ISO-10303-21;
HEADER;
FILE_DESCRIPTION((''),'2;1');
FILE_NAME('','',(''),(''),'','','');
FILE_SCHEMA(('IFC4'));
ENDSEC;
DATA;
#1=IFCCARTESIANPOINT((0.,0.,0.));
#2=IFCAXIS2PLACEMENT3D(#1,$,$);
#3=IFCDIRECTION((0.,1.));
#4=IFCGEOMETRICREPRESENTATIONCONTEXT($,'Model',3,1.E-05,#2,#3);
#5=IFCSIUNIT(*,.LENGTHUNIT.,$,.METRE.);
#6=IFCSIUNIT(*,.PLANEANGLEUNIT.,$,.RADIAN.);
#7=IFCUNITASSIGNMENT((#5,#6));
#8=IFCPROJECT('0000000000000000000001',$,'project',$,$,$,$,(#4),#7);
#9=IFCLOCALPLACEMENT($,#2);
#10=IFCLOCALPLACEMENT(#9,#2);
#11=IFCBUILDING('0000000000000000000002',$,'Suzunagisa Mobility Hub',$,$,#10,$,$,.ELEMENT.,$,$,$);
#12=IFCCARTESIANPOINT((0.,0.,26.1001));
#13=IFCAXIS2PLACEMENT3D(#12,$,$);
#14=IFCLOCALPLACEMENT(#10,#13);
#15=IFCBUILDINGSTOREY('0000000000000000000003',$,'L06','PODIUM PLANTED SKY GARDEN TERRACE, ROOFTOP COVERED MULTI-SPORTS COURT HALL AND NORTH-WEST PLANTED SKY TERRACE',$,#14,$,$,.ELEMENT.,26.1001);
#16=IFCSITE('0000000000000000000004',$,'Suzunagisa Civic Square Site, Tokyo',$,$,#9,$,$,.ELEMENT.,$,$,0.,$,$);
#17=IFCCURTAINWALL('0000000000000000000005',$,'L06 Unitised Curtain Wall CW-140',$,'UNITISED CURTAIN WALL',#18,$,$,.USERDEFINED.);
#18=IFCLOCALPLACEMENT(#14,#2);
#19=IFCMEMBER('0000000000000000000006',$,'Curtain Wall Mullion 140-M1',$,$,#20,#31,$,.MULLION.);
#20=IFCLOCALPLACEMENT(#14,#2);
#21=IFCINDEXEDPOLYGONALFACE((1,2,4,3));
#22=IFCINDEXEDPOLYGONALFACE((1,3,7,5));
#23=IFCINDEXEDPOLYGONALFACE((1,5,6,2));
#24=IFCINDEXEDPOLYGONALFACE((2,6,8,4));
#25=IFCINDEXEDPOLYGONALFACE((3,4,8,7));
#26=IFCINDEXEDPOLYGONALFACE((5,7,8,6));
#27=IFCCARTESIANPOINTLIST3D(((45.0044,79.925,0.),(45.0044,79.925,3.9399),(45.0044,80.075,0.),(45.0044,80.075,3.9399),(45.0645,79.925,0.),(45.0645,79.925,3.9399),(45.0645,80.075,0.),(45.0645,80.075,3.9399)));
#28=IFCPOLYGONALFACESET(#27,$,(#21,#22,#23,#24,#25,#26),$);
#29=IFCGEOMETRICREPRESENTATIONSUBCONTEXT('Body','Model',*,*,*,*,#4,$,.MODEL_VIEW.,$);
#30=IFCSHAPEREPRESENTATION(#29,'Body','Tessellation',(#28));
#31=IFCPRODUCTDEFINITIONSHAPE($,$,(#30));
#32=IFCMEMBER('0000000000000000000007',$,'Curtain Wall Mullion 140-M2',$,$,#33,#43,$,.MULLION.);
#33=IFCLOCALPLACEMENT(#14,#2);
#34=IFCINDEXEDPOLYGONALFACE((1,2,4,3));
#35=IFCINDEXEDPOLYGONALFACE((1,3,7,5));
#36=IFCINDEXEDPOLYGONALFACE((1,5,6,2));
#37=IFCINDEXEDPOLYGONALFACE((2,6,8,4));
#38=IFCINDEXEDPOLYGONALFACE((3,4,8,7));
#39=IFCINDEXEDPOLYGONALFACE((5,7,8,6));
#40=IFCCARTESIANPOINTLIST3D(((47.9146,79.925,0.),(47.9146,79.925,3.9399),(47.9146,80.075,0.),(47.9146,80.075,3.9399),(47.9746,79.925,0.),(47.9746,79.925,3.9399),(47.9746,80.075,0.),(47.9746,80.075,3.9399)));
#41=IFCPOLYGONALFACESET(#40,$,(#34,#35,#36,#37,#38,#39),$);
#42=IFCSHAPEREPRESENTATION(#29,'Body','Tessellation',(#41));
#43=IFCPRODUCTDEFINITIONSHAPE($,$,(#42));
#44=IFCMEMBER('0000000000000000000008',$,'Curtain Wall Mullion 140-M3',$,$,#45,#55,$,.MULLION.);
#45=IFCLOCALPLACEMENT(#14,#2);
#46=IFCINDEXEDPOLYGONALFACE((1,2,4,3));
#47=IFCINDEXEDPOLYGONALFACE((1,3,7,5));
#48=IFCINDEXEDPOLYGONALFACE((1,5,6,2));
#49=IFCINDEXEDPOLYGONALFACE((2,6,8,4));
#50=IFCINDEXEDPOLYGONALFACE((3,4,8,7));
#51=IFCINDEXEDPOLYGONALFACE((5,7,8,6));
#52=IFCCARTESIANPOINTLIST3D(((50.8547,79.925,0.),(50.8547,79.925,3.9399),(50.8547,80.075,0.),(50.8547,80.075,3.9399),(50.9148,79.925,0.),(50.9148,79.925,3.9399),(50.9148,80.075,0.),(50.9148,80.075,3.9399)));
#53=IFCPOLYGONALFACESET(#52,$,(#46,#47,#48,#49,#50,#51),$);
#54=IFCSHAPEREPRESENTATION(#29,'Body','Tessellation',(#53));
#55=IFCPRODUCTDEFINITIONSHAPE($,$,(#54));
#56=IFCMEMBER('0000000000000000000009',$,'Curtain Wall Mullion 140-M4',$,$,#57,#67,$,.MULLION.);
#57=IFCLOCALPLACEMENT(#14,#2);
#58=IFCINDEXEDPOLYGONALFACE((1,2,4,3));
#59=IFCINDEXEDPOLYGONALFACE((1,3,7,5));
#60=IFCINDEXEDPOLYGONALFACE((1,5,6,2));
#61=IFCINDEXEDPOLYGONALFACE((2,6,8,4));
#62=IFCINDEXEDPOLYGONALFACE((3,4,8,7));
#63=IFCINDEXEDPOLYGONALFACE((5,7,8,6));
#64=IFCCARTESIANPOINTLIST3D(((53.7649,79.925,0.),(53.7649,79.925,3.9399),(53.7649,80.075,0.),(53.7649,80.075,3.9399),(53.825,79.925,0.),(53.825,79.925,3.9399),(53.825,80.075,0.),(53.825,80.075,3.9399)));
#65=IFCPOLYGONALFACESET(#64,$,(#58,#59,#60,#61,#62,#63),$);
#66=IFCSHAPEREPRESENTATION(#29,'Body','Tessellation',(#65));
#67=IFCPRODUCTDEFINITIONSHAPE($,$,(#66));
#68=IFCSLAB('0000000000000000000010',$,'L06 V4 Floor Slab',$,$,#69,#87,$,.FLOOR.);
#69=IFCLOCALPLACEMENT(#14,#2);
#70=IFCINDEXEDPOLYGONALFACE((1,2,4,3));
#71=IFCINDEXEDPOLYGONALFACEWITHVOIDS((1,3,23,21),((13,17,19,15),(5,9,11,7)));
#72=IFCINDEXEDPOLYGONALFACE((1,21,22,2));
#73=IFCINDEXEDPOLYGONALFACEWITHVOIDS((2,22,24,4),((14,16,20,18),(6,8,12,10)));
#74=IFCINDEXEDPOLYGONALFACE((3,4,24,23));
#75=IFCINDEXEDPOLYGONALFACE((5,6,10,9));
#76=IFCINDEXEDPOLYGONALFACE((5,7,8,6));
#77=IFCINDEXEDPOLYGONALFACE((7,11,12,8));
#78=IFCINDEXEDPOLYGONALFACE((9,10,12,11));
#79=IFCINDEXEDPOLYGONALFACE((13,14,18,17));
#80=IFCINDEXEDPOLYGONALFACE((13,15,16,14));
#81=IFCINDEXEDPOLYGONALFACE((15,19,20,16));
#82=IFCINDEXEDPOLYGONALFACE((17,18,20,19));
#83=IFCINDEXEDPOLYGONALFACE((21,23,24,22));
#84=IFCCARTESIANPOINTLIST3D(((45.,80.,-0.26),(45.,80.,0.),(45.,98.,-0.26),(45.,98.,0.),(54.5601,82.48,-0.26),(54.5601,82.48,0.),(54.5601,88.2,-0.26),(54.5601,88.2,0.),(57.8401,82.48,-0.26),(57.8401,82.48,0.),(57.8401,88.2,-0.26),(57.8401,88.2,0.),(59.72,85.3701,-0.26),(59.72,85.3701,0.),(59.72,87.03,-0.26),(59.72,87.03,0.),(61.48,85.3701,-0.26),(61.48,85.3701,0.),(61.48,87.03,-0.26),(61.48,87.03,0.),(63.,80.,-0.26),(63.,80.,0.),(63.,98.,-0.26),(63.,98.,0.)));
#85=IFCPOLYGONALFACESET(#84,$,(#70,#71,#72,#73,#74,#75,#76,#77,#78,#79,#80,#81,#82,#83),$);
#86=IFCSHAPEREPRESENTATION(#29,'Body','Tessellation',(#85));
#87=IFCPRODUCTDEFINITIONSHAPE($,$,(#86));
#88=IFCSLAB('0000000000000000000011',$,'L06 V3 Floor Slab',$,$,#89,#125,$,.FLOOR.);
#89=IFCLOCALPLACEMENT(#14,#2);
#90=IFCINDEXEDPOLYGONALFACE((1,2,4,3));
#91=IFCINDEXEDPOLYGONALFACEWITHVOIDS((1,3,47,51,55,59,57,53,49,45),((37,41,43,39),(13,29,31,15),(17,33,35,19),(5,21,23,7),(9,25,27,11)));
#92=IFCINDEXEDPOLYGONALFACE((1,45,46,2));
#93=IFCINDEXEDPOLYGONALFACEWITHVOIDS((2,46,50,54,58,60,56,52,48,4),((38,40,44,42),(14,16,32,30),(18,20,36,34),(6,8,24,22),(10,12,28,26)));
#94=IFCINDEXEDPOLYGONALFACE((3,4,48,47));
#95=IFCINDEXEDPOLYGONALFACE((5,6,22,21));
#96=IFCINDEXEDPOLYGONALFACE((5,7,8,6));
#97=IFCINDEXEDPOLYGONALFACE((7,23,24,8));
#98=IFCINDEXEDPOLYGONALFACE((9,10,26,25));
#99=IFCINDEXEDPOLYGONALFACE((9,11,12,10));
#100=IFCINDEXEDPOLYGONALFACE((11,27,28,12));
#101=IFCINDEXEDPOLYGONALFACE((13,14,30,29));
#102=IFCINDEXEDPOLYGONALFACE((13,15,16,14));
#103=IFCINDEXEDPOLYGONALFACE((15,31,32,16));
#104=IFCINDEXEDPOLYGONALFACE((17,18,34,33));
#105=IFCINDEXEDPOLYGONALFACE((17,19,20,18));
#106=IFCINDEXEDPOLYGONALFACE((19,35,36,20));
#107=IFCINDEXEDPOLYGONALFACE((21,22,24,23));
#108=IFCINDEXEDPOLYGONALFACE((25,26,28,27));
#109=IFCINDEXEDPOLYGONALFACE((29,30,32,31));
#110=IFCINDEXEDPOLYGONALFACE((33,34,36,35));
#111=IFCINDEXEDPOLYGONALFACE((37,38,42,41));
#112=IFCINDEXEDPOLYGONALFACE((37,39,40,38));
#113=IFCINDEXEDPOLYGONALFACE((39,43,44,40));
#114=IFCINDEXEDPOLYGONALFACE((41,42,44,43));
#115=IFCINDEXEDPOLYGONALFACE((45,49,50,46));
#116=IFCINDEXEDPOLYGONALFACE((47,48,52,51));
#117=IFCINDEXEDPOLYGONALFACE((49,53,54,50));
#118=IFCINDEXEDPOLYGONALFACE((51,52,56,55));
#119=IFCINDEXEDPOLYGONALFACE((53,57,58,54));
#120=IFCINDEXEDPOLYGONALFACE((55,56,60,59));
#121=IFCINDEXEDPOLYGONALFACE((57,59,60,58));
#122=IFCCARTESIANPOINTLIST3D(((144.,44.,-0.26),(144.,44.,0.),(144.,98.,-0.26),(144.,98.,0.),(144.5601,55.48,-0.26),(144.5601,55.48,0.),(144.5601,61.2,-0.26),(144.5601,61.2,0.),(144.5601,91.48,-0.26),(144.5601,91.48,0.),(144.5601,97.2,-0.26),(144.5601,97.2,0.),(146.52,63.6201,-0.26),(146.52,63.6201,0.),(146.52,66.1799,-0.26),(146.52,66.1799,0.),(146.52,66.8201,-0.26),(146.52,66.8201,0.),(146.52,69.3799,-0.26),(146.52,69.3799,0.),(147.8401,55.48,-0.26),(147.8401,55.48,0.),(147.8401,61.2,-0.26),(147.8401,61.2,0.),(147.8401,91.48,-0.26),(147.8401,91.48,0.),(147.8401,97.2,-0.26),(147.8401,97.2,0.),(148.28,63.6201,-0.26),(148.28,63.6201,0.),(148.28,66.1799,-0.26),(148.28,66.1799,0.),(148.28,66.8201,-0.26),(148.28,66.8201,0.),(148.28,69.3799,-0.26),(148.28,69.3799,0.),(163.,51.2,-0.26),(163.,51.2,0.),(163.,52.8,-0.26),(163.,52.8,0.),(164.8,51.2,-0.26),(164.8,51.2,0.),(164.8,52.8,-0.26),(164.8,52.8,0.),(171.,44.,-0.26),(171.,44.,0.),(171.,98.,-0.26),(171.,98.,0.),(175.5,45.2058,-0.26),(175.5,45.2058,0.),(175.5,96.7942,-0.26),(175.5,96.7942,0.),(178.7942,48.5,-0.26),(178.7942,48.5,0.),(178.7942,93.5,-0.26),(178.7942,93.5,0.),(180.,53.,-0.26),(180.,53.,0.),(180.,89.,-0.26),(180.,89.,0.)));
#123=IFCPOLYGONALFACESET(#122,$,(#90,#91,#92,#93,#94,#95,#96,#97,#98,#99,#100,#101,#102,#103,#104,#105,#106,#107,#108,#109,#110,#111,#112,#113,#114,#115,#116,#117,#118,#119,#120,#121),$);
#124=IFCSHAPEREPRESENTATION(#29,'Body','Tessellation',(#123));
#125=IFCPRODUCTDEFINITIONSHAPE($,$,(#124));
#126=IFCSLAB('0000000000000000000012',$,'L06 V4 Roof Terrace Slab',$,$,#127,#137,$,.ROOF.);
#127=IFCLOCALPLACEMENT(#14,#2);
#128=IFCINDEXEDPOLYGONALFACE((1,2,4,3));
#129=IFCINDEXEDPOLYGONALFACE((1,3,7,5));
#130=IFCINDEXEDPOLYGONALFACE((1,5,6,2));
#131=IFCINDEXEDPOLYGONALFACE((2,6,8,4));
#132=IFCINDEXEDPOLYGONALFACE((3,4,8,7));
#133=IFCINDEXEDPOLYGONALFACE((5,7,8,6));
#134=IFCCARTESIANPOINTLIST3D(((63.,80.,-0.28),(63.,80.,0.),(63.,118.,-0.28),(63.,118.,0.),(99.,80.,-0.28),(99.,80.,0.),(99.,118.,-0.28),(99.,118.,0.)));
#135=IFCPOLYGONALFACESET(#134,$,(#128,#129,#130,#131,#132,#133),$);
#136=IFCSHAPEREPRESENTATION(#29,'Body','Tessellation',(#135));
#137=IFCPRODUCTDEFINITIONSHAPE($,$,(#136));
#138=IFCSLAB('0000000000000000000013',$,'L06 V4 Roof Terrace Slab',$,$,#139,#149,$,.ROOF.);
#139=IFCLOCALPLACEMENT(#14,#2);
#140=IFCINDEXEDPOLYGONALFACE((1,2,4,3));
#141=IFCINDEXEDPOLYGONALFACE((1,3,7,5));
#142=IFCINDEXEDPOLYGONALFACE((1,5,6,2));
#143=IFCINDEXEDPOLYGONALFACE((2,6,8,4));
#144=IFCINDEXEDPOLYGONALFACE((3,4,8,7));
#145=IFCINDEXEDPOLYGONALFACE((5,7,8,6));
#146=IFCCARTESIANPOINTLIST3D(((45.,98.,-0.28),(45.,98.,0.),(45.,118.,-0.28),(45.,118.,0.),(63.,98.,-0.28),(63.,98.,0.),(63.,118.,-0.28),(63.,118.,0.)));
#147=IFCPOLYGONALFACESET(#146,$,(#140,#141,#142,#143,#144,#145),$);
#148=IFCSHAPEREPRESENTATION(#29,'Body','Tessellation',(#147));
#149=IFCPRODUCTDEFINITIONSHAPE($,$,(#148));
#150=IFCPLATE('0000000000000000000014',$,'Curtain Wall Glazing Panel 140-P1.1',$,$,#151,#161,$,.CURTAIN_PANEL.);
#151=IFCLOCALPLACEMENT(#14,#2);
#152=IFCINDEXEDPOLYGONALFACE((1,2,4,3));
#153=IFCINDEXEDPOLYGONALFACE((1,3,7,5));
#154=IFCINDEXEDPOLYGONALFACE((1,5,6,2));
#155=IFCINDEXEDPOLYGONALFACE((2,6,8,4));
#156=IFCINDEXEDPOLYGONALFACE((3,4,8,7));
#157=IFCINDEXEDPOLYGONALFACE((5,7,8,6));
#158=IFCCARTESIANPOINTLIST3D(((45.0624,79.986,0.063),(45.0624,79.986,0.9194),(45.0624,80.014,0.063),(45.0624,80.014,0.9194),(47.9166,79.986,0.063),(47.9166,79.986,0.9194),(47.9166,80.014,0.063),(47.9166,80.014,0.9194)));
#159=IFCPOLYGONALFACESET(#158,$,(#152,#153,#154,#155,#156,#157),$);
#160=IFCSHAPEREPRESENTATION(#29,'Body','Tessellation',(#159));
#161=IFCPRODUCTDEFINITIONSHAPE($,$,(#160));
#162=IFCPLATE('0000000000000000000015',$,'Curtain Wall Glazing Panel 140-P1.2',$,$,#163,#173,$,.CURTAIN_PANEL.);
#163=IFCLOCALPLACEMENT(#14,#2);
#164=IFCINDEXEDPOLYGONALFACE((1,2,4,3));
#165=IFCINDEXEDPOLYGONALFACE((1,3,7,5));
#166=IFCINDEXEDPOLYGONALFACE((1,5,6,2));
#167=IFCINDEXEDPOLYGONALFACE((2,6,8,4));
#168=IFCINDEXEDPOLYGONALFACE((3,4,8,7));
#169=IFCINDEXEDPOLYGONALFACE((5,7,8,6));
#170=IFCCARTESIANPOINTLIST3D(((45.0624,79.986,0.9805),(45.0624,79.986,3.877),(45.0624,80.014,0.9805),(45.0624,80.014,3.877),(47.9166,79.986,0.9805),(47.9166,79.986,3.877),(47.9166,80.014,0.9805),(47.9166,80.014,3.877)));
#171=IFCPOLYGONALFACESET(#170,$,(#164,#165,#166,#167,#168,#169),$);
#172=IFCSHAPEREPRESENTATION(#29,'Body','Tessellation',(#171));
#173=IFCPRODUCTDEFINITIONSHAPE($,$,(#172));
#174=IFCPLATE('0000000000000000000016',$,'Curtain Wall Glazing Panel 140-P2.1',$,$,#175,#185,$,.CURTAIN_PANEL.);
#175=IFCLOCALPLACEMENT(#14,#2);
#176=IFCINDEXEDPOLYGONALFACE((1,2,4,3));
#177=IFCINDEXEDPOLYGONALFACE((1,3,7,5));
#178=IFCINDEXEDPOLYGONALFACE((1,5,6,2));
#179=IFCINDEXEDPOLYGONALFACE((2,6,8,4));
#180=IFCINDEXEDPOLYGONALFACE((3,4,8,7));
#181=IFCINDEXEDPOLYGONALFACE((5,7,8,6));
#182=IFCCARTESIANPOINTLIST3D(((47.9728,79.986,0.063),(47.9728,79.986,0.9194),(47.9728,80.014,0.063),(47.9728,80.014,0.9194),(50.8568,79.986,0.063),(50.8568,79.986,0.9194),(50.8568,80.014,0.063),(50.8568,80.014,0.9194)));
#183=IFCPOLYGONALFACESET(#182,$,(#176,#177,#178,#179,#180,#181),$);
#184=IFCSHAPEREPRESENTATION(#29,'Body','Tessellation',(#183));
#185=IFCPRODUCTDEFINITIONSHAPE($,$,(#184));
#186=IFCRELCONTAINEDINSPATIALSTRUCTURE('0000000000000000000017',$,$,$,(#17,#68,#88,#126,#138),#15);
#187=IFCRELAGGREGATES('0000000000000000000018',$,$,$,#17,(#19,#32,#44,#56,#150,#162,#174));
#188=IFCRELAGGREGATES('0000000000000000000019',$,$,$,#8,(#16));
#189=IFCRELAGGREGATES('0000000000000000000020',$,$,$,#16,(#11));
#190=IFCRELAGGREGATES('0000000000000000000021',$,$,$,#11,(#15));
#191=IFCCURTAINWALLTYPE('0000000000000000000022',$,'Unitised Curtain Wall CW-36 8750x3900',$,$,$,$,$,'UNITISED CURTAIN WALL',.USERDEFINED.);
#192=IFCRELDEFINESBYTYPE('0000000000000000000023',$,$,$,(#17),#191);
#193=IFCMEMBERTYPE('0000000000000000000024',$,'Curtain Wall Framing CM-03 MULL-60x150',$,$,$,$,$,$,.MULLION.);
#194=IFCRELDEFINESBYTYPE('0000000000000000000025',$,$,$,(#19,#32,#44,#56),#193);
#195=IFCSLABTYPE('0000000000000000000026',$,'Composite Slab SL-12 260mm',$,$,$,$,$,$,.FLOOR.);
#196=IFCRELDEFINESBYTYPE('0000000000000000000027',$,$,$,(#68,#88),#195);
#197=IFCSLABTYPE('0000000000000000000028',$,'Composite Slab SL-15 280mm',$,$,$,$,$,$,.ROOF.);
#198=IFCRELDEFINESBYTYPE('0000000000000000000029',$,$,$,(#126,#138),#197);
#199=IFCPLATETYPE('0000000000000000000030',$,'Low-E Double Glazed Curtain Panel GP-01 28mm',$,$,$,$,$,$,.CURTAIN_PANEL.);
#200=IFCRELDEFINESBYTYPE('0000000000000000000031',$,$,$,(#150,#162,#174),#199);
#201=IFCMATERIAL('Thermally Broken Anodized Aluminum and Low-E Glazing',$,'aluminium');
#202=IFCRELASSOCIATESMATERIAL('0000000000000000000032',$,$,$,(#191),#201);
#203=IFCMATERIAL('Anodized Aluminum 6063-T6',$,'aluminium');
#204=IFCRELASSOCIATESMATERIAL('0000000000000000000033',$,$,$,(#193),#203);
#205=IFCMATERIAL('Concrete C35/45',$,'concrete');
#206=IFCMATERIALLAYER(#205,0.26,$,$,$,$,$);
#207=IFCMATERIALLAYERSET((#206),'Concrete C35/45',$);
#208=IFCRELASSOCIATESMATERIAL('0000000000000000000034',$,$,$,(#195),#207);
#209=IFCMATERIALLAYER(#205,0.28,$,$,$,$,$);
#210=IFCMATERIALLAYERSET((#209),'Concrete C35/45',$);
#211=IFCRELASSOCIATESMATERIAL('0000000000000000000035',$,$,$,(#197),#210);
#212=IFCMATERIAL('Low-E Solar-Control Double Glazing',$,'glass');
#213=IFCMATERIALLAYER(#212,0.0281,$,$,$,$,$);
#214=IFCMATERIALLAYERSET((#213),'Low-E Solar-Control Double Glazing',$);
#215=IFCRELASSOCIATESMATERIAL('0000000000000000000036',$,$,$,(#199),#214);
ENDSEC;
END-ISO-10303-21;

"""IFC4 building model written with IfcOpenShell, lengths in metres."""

from ifc_helpers import new_model, si_unit, direction, frame, origin, origin_2d, place, context, subcontext, project, spatial, polyline, rectangle, outline, extrude, material, layer, layer_set, material_profile, profile_set, type_object, element, aggregate, save


model = new_model("IFC4")

# Units and contexts
model_context = context("Model", 3, precision=1e-05, world=origin(), true_north=direction((0.0, 1.0)))
body_context = subcontext(model_context, "Body", "Model", "MODEL_VIEW")
ifc_project = project(units=[si_unit("LENGTHUNIT", "METRE"), si_unit("PLANEANGLEUNIT", "RADIAN")], contexts=[model_context])

# Site, building, storey
site_placement = place(None, origin())
site = spatial("IfcSite", under=ifc_project, at=site_placement, Name="Suzunagisa Civic Square Site, Tokyo", CompositionType="ELEMENT", RefElevation=0.0)
building_placement = place(site_placement, origin())
building = spatial("IfcBuilding", under=site, at=building_placement, Name="Suzunagisa Mobility Hub", CompositionType="ELEMENT")
storey_placement = place(building_placement, frame((0.0, 0.0, 26.1001)))
storey = spatial("IfcBuildingStorey", under=building, at=storey_placement, Name="L06", Description="PODIUM PLANTED SKY GARDEN TERRACE, ROOFTOP COVERED MULTI-SPORTS COURT HALL AND NORTH-WEST PLANTED SKY TERRACE", CompositionType="ELEMENT", Elevation=26.1001)

# Curtain wall, members
ifc_material_1 = material(Name="Thermally Broken Anodized Aluminum and Low-E Glazing", Category="aluminium")
curtain_wall_type = type_object("IfcCurtainWallType", Name="Unitised Curtain Wall CW-36 8750x3900", ElementType="UNITISED CURTAIN WALL", PredefinedType="USERDEFINED", material=ifc_material_1)
curtain_wall_placement = place(storey_placement, origin())
curtain_wall = element("IfcCurtainWall", 1, at=curtain_wall_placement, inside=storey, type_object=curtain_wall_type, Name="L06 Unitised Curtain Wall CW-140", ObjectType="UNITISED CURTAIN WALL", PredefinedType="USERDEFINED")
ifc_material_2 = material(Name="Anodized Aluminum 6063-T6", Category="aluminium")
ifc_material_profile_1 = material_profile(ifc_material_2, rectangle(XDim=0.0601, YDim=0.1499, at=origin_2d()), Name="MULL-60x150")
ifc_profile_set_1 = profile_set([ifc_material_profile_1], Name="Anodized Aluminum 6063-T6")
member_type_1 = type_object("IfcMemberType", Name="Curtain Wall Framing CM-03 MULL-60x150", PredefinedType="MULLION", material=ifc_profile_set_1)
member_1_placement = place(storey_placement, frame((45.0344, 80.0, 0.0), z_axis=(0.0, 0.0, 1.0), x_axis=(1.0, 0.0, 0.0)))
member_1 = element("IfcMember", 2, at=member_1_placement, type_object=member_type_1, Name="Curtain Wall Mullion 140-M1", PredefinedType="MULLION", context=body_context, shape_type="SweptSolid", body=[
    extrude(rectangle(XDim=0.0601, YDim=0.1499, at=origin_2d()), origin(), (0.0, 0.0, 1.0), 3.9399),
])
member_2_placement = place(storey_placement, frame((47.9446, 80.0, 0.0), z_axis=(0.0, 0.0, 1.0), x_axis=(1.0, 0.0, 0.0)))
member_2 = element("IfcMember", 3, at=member_2_placement, type_object=member_type_1, Name="Curtain Wall Mullion 140-M2", PredefinedType="MULLION", context=body_context, shape_type="SweptSolid", body=[
    extrude(rectangle(XDim=0.0601, YDim=0.1499, at=origin_2d()), origin(), (0.0, 0.0, 1.0), 3.9399),
])
member_3_placement = place(storey_placement, frame((50.8848, 80.0, 0.0), z_axis=(0.0, 0.0, 1.0), x_axis=(1.0, 0.0, 0.0)))
member_3 = element("IfcMember", 4, at=member_3_placement, type_object=member_type_1, Name="Curtain Wall Mullion 140-M3", PredefinedType="MULLION", context=body_context, shape_type="SweptSolid", body=[
    extrude(rectangle(XDim=0.0601, YDim=0.1499, at=origin_2d()), origin(), (0.0, 0.0, 1.0), 3.9399),
])
member_4_placement = place(storey_placement, frame((53.7949, 80.0, 0.0), z_axis=(0.0, 0.0, 1.0), x_axis=(1.0, 0.0, 0.0)))
member_4 = element("IfcMember", 5, at=member_4_placement, type_object=member_type_1, Name="Curtain Wall Mullion 140-M4", PredefinedType="MULLION", context=body_context, shape_type="SweptSolid", body=[
    extrude(rectangle(XDim=0.0601, YDim=0.1499, at=origin_2d()), origin(), (0.0, 0.0, 1.0), 3.9399),
])

# Slabs
ifc_material_3 = material(Name="Concrete C35/45", Category="concrete")
ifc_layer_1 = layer(ifc_material_3, 0.26)
ifc_layer_set_1 = layer_set([ifc_layer_1], Name="Concrete C35/45")
slab_type_1 = type_object("IfcSlabType", Name="Composite Slab SL-12 260mm", PredefinedType="FLOOR", material=ifc_layer_set_1)
slab_1_placement = place(storey_placement, frame((0.0, 0.0, -0.26)))
element("IfcSlab", 6, at=slab_1_placement, inside=storey, type_object=slab_type_1, Name="L06 V4 Floor Slab", PredefinedType="FLOOR", context=body_context, shape_type="SweptSolid", body=[
    extrude(outline(polyline([(45.0, 80.0), (63.0, 80.0), (63.0, 98.0), (45.0, 98.0), (45.0, 80.0)]), holes=[polyline([(54.5601, 82.48), (57.8401, 82.48), (57.8401, 88.2), (54.5601, 88.2), (54.5601, 82.48)]), polyline([(59.72, 85.3701), (61.48, 85.3701), (61.48, 87.03), (59.72, 87.03), (59.72, 85.3701)])]), origin(), (0.0, 0.0, 1.0), 0.26),
])
slab_2_placement = place(storey_placement, frame((0.0, 0.0, -0.26)))
element("IfcSlab", 7, at=slab_2_placement, inside=storey, type_object=slab_type_1, Name="L06 V3 Floor Slab", PredefinedType="FLOOR", context=body_context, shape_type="SweptSolid", body=[
    extrude(outline(polyline([(144.0, 44.0), (171.0, 44.0), (175.5, 45.2058), (178.7942, 48.5), (180.0, 53.0), (180.0, 89.0), (178.7942, 93.5), (175.5, 96.7942), (171.0, 98.0), (144.0, 98.0), (144.0, 44.0)]), holes=[polyline([(163.0, 51.2), (164.8, 51.2), (164.8, 52.8), (163.0, 52.8), (163.0, 51.2)]), polyline([(144.5601, 55.48), (147.8401, 55.48), (147.8401, 61.2), (144.5601, 61.2), (144.5601, 55.48)]), polyline([(146.52, 63.6201), (148.28, 63.6201), (148.28, 66.1799), (146.52, 66.1799), (146.52, 63.6201)]), polyline([(146.52, 66.8201), (148.28, 66.8201), (148.28, 69.3799), (146.52, 69.3799), (146.52, 66.8201)]), polyline([(144.5601, 91.48), (147.8401, 91.48), (147.8401, 97.2), (144.5601, 97.2), (144.5601, 91.48)])]), origin(), (0.0, 0.0, 1.0), 0.26),
])
ifc_layer_2 = layer(ifc_material_3, 0.28)
ifc_layer_set_2 = layer_set([ifc_layer_2], Name="Concrete C35/45")
slab_type_2 = type_object("IfcSlabType", Name="Composite Slab SL-15 280mm", PredefinedType="ROOF", material=ifc_layer_set_2)
slab_3_placement = place(storey_placement, frame((0.0, 0.0, -0.28)))
element("IfcSlab", 8, at=slab_3_placement, inside=storey, type_object=slab_type_2, Name="L06 V4 Roof Terrace Slab", PredefinedType="ROOF", context=body_context, shape_type="SweptSolid", body=[
    extrude(outline(polyline([(63.0, 80.0), (99.0, 80.0), (99.0, 118.0), (63.0, 118.0), (63.0, 80.0)])), origin(), (0.0, 0.0, 1.0), 0.28),
])
slab_4_placement = place(storey_placement, frame((0.0, 0.0, -0.28)))
element("IfcSlab", 9, at=slab_4_placement, inside=storey, type_object=slab_type_2, Name="L06 V4 Roof Terrace Slab", PredefinedType="ROOF", context=body_context, shape_type="SweptSolid", body=[
    extrude(outline(polyline([(45.0, 98.0), (63.0, 98.0), (63.0, 118.0), (45.0, 118.0), (45.0, 98.0)])), origin(), (0.0, 0.0, 1.0), 0.28),
])

# Plates
ifc_material_4 = material(Name="Low-E Solar-Control Double Glazing", Category="glass")
ifc_layer_3 = layer(ifc_material_4, 0.0281)
ifc_layer_set_3 = layer_set([ifc_layer_3], Name="Low-E Solar-Control Double Glazing")
plate_type_1 = type_object("IfcPlateType", Name="Low-E Double Glazed Curtain Panel GP-01 28mm", PredefinedType="CURTAIN_PANEL", material=ifc_layer_set_3)
plate_1_placement = place(storey_placement, frame((46.4895, 80.0, 0.063), z_axis=(0.0, 0.0, 1.0), x_axis=(1.0, 0.0, 0.0)))
plate_1 = element("IfcPlate", 10, at=plate_1_placement, type_object=plate_type_1, Name="Curtain Wall Glazing Panel 140-P1.1", PredefinedType="CURTAIN_PANEL", context=body_context, shape_type="SweptSolid", body=[
    extrude(rectangle(XDim=2.8542, YDim=0.0281, at=origin_2d()), origin(), (0.0, 0.0, 1.0), 0.8564),
])
plate_2_placement = place(storey_placement, frame((46.4895, 80.0, 0.9805), z_axis=(0.0, 0.0, 1.0), x_axis=(1.0, 0.0, 0.0)))
plate_2 = element("IfcPlate", 11, at=plate_2_placement, type_object=plate_type_1, Name="Curtain Wall Glazing Panel 140-P1.2", PredefinedType="CURTAIN_PANEL", context=body_context, shape_type="SweptSolid", body=[
    extrude(rectangle(XDim=2.8542, YDim=0.0281, at=origin_2d()), origin(), (0.0, 0.0, 1.0), 2.8965),
])
plate_3_placement = place(storey_placement, frame((49.4148, 80.0, 0.063), z_axis=(0.0, 0.0, 1.0), x_axis=(1.0, 0.0, 0.0)))
plate_3 = element("IfcPlate", 12, at=plate_3_placement, type_object=plate_type_1, Name="Curtain Wall Glazing Panel 140-P2.1", PredefinedType="CURTAIN_PANEL", context=body_context, shape_type="SweptSolid", body=[
    extrude(rectangle(XDim=2.884, YDim=0.0281, at=origin_2d()), origin(), (0.0, 0.0, 1.0), 0.8564),
])
aggregate(curtain_wall, [member_1, member_2, member_3, member_4, plate_1, plate_2, plate_3])

save(model, "model.ifc")
